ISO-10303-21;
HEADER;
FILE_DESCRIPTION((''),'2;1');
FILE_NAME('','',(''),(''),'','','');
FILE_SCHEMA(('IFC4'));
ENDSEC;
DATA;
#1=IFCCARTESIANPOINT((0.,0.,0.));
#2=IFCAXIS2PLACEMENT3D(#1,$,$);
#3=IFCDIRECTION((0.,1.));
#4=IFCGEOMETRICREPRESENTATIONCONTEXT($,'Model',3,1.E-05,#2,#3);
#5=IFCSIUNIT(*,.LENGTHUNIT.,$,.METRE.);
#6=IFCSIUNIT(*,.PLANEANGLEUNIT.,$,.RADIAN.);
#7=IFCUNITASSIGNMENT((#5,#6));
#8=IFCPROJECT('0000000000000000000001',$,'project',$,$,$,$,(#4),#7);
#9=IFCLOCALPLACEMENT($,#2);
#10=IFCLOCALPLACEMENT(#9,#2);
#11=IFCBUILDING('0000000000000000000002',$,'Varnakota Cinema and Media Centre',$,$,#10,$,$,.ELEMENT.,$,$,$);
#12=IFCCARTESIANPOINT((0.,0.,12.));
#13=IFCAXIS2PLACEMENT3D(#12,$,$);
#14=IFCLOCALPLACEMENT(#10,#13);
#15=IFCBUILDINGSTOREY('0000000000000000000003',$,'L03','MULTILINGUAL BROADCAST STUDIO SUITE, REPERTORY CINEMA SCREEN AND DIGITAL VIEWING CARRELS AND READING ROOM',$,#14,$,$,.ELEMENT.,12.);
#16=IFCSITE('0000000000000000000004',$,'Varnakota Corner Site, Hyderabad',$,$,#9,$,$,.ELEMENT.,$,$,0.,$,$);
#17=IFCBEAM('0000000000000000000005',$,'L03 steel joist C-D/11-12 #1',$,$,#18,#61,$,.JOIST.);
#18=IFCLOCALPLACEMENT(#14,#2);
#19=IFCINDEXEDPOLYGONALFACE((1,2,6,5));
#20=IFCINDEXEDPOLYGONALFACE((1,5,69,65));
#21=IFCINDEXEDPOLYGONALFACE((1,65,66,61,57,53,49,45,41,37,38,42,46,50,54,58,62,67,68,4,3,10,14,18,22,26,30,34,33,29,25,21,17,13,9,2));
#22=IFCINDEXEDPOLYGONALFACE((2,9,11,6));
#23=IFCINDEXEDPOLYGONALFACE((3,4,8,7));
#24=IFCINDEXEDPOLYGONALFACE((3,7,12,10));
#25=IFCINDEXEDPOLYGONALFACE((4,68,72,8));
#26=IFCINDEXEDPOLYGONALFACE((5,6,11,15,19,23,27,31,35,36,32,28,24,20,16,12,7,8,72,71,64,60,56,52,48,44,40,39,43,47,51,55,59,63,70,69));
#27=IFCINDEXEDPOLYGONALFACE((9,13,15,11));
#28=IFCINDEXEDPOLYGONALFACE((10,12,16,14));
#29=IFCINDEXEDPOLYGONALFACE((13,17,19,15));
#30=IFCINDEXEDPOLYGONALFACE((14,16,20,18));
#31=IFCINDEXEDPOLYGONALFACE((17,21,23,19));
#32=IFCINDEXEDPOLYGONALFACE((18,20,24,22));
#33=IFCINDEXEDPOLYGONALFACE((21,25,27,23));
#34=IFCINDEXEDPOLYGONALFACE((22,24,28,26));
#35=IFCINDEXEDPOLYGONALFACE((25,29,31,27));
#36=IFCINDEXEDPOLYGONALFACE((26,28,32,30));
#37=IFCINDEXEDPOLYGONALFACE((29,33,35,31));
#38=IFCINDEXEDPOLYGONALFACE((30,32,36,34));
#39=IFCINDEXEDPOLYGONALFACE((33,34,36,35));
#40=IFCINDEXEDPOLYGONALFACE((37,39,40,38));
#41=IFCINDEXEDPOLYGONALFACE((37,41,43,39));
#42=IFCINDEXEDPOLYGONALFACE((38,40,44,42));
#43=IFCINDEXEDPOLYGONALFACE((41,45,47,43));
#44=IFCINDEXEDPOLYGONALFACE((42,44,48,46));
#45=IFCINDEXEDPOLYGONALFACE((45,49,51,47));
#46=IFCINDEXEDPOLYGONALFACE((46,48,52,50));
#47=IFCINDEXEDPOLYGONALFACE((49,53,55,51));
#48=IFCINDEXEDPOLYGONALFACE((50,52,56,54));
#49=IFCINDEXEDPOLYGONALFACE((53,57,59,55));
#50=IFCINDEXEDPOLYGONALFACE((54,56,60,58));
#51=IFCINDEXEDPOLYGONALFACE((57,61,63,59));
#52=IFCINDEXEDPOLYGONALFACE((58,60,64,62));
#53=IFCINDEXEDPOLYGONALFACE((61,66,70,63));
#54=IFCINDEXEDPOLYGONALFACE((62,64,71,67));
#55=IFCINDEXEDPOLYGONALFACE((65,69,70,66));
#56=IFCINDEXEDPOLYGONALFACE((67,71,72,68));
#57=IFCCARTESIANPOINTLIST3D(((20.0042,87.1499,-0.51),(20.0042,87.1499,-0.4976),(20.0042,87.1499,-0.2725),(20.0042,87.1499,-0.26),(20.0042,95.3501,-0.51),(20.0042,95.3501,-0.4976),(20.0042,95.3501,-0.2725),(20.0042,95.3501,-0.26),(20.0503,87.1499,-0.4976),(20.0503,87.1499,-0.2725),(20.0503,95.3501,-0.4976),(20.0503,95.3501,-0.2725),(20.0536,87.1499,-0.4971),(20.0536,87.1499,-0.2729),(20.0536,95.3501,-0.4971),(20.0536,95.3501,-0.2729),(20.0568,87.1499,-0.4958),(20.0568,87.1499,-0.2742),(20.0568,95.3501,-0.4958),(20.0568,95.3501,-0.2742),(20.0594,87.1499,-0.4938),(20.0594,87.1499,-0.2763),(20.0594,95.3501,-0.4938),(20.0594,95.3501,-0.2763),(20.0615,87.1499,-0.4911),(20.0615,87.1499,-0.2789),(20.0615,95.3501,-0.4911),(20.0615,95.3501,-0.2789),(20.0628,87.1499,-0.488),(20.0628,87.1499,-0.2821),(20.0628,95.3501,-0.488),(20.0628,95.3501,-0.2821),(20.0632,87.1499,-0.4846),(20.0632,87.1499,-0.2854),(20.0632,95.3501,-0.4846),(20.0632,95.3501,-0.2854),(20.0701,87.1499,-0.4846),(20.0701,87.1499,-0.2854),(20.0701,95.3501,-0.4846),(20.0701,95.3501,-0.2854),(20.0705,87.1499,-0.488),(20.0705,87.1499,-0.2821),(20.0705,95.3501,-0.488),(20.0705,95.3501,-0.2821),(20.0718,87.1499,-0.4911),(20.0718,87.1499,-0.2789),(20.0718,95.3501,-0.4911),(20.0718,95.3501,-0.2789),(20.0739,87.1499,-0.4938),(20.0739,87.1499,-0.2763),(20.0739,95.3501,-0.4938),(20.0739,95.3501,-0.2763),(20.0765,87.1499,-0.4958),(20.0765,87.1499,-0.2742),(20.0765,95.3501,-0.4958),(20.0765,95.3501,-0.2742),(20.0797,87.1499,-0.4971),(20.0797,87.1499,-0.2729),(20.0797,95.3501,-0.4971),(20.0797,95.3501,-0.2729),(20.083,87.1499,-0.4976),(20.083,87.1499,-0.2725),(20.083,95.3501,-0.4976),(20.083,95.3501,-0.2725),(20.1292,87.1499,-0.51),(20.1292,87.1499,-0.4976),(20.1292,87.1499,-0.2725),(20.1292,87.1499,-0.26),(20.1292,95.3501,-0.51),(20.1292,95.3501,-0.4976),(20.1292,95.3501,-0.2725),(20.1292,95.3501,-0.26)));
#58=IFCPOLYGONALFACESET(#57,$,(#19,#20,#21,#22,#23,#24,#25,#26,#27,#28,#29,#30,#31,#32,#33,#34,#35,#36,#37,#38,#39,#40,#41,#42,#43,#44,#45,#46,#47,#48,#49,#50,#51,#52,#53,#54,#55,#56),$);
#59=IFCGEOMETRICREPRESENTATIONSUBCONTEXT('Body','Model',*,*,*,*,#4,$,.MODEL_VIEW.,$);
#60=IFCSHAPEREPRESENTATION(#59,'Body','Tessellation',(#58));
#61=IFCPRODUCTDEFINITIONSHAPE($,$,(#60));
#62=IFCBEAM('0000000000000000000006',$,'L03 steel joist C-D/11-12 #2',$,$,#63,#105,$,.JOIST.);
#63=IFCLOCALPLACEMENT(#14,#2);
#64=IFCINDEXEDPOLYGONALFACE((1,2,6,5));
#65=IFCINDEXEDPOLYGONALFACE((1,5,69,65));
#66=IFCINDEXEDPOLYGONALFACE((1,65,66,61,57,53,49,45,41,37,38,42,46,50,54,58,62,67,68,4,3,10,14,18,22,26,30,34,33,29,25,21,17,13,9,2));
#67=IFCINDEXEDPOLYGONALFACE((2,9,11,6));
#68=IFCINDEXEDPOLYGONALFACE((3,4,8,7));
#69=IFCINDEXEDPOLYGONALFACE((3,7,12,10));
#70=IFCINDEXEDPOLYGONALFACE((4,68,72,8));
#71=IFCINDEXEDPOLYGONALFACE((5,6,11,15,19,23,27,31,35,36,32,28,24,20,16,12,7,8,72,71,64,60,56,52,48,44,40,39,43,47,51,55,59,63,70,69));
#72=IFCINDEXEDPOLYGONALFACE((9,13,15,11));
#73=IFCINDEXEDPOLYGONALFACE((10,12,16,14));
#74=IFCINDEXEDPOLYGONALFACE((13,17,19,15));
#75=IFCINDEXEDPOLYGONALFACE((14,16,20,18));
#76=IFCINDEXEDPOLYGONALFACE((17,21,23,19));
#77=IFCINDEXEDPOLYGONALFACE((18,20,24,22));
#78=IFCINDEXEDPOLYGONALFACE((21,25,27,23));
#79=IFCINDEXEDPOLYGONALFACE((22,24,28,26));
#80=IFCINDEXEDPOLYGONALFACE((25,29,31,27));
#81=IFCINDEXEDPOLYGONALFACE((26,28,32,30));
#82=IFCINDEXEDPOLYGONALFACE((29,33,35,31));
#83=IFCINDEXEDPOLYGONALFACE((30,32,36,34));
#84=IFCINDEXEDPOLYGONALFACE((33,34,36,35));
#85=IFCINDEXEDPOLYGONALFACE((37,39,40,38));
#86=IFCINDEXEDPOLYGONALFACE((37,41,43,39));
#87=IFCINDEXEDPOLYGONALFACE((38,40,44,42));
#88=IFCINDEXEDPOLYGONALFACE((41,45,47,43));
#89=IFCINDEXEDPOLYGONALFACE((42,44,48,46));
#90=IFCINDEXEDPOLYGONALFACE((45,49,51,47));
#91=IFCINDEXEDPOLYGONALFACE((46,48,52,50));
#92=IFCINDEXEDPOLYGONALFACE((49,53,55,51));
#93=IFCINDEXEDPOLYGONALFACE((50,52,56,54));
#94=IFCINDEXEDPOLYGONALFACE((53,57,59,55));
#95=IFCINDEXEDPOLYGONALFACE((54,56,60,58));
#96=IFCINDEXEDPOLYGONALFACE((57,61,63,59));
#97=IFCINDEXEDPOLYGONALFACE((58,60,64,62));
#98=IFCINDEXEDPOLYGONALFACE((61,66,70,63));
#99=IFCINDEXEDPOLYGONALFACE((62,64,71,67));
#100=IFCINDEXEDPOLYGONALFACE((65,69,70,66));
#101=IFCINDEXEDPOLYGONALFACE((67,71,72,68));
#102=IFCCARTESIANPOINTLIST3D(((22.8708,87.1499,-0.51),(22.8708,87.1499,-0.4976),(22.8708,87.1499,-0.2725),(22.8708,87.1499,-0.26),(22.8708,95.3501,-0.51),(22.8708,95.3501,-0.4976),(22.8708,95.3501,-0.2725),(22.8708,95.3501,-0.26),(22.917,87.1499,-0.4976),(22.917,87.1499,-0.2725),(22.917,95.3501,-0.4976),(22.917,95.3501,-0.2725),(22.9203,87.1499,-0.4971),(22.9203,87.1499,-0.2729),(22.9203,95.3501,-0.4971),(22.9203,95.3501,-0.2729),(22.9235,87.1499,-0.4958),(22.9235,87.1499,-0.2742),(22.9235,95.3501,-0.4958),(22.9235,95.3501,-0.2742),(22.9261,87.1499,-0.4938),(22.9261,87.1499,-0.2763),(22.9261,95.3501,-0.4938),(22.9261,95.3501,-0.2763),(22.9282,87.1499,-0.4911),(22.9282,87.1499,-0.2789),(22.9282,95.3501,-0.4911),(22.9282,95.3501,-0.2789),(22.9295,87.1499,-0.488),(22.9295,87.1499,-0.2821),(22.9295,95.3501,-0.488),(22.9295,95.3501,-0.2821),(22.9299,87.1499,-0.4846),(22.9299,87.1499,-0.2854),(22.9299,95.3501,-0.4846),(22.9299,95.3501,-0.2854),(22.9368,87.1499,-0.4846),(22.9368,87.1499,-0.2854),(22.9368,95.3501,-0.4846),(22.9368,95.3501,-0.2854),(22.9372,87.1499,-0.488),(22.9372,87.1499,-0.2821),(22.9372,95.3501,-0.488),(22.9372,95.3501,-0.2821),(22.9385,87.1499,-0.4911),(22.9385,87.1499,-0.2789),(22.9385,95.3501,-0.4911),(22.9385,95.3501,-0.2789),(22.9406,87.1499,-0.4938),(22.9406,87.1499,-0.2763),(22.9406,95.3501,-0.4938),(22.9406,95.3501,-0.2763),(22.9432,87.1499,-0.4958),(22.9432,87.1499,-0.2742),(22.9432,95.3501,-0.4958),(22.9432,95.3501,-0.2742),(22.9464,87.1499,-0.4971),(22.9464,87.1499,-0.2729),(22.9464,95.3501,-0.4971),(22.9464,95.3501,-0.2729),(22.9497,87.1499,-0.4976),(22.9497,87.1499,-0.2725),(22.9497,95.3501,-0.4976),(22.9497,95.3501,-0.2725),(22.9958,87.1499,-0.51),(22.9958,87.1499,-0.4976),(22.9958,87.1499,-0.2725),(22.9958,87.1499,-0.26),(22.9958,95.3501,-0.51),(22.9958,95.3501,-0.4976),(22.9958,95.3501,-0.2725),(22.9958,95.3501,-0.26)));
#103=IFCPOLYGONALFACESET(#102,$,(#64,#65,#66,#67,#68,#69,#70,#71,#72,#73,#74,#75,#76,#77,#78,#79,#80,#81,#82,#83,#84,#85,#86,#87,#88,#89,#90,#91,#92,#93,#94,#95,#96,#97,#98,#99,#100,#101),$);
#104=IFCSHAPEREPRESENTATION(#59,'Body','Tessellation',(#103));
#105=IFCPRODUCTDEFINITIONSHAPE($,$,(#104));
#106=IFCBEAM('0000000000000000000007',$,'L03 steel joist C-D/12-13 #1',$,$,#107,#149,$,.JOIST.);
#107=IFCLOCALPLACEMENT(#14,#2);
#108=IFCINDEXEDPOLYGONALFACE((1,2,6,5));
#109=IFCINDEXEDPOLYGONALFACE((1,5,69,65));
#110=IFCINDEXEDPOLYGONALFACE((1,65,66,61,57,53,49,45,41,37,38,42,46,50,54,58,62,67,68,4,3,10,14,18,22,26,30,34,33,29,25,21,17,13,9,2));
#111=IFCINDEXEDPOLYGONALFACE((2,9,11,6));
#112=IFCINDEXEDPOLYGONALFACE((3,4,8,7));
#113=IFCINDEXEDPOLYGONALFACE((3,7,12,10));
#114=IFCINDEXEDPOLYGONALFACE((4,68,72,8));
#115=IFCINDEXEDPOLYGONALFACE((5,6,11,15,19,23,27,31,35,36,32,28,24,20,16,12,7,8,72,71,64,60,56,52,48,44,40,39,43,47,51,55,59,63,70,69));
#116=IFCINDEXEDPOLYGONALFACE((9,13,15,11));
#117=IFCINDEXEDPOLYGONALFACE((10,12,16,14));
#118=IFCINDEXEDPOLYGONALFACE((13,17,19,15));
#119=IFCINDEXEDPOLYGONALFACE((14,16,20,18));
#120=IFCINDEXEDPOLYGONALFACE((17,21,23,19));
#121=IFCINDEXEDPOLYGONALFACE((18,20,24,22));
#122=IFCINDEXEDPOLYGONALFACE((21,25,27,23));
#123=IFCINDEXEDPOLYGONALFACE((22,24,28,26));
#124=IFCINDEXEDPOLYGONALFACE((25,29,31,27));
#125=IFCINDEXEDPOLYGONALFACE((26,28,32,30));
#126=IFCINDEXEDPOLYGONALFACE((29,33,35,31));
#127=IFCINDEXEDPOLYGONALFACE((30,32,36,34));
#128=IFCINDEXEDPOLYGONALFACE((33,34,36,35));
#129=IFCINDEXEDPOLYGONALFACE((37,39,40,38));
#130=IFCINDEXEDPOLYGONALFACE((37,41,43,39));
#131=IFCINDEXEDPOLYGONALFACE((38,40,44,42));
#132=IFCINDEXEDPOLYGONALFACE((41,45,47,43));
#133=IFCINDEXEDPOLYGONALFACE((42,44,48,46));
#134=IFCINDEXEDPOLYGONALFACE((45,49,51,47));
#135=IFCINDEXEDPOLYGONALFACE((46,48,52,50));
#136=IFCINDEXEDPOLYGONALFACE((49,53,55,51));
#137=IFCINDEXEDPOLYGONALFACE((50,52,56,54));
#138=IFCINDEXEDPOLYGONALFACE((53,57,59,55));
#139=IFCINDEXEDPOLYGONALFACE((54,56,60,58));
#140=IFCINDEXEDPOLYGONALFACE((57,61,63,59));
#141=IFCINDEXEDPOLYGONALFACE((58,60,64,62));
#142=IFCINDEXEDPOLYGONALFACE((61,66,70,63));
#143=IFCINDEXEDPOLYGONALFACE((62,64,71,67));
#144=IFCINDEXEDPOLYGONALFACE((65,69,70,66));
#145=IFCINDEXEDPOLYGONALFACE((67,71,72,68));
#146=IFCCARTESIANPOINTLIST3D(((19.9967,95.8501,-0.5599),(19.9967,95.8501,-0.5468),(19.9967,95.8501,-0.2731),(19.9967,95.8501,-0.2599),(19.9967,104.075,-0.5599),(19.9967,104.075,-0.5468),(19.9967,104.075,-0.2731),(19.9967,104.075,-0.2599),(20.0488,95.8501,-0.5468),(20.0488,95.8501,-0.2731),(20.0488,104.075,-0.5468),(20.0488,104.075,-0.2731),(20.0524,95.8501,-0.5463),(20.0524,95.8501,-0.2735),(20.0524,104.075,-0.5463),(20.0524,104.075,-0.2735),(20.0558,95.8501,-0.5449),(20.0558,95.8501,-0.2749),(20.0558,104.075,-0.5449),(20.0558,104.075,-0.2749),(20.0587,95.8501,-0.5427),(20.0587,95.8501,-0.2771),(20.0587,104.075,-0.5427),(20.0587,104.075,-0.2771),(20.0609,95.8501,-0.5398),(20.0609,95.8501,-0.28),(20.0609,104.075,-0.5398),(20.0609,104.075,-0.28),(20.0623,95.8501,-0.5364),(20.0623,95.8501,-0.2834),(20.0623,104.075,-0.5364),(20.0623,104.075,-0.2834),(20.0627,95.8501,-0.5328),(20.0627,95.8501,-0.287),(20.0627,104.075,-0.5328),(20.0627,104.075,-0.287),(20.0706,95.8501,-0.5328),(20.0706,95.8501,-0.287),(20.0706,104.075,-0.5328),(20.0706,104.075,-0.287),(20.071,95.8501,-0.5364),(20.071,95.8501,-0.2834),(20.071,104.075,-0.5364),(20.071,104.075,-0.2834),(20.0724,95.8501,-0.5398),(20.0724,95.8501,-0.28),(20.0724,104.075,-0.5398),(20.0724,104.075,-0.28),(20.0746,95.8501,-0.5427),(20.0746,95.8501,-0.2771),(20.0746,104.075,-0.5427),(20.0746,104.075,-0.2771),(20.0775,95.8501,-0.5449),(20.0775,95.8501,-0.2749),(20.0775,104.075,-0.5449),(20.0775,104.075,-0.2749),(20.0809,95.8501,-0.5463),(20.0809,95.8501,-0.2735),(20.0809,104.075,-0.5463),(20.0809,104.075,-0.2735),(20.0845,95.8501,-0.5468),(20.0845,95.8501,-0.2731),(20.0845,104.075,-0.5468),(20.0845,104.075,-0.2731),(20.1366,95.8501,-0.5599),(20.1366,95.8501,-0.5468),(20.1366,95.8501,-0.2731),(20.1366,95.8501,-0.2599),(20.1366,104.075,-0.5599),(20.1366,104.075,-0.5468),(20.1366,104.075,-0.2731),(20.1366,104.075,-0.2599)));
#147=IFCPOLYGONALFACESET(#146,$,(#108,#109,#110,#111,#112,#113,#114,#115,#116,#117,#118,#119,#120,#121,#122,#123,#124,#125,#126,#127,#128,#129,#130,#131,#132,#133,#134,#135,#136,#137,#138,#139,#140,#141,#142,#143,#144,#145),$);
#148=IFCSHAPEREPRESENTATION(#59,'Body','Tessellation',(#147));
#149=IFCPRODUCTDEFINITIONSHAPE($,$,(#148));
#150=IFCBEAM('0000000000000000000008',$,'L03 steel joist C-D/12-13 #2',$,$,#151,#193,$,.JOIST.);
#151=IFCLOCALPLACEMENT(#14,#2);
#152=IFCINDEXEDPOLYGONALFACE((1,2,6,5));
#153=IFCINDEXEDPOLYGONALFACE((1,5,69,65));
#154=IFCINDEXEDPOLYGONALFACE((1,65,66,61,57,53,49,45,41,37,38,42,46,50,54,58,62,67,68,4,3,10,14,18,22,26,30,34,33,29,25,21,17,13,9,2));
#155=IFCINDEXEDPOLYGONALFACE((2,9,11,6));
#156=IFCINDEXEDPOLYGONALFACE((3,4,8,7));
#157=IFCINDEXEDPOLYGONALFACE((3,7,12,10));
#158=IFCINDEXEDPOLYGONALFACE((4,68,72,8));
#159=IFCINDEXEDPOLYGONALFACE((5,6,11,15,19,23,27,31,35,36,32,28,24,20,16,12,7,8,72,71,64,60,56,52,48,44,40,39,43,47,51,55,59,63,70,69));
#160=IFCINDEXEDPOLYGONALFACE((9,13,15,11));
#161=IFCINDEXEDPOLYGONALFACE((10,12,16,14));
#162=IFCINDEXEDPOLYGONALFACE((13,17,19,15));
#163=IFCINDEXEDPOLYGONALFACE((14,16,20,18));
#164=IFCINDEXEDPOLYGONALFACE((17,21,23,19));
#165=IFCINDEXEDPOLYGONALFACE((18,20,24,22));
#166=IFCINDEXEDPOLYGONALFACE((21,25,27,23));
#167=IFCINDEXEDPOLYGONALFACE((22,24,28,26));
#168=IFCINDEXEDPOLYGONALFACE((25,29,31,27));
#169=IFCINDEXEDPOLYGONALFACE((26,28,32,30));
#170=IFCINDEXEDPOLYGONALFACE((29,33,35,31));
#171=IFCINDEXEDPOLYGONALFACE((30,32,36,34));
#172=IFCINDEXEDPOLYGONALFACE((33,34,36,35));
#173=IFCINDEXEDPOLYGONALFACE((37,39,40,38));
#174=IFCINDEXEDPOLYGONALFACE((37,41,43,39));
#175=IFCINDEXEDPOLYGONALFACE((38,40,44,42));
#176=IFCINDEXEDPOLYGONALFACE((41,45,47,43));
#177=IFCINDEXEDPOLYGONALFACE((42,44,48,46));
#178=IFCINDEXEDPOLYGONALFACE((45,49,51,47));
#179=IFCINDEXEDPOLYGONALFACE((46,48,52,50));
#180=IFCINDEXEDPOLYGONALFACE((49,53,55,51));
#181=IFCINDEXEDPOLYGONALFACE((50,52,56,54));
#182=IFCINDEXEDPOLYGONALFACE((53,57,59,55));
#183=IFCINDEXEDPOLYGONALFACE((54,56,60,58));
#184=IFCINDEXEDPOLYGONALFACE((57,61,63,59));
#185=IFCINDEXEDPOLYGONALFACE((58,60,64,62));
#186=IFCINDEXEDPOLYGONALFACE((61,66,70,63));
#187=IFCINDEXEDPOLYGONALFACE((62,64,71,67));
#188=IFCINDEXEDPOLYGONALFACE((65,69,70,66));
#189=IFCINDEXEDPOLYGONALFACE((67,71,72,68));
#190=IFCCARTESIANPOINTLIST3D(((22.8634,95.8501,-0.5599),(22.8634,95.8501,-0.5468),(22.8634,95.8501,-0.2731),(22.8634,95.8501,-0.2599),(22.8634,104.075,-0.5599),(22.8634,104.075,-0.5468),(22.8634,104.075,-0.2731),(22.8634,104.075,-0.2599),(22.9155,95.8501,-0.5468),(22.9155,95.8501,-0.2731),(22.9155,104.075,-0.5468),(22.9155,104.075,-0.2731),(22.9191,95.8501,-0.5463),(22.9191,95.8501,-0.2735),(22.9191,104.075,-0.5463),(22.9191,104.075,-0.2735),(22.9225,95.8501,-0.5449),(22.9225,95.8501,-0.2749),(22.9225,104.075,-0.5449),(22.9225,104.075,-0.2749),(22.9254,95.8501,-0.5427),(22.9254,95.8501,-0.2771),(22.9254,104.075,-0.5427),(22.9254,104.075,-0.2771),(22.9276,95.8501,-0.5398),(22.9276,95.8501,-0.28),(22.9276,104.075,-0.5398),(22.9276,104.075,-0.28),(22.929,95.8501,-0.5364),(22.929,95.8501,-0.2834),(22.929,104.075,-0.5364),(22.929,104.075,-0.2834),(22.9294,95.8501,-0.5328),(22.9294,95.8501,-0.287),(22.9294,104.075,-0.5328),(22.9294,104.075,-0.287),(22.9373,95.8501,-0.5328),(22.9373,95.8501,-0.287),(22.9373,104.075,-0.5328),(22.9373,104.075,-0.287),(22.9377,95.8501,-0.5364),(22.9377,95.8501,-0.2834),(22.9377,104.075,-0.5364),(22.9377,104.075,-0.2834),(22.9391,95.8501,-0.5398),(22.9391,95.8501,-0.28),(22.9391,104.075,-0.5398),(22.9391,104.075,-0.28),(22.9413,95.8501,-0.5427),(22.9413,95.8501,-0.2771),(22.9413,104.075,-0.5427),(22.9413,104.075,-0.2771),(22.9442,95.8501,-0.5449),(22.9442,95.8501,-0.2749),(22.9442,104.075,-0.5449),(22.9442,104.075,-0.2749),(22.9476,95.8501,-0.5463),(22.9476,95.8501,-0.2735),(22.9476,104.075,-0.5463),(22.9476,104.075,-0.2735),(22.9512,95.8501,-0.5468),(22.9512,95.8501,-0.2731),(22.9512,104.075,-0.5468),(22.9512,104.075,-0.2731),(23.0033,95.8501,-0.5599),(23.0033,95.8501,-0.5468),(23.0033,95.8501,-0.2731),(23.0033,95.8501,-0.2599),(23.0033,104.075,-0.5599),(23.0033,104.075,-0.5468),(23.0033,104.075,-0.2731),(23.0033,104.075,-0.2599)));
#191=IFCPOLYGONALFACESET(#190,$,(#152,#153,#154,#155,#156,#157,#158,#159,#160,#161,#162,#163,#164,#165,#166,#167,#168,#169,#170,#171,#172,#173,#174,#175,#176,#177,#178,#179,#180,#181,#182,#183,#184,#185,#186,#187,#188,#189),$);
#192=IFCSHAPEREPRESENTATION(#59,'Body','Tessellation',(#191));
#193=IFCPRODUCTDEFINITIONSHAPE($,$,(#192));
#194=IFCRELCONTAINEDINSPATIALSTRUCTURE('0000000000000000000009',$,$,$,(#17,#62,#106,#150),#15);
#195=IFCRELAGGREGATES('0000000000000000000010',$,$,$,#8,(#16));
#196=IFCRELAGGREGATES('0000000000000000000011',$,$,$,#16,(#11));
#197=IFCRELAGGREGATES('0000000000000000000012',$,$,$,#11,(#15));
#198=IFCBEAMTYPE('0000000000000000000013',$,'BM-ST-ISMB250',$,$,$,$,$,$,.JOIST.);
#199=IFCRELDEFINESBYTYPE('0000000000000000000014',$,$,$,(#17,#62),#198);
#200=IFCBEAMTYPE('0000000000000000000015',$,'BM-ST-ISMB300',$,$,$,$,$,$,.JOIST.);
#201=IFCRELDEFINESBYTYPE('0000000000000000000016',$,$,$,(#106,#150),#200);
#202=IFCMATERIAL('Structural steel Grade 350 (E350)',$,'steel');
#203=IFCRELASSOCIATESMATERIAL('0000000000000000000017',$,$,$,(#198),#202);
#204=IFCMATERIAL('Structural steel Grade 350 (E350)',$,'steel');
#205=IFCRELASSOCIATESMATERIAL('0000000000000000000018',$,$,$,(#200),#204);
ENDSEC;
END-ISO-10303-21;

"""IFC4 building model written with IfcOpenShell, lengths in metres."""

from ifc_helpers import new_model, si_unit, direction, frame, origin, origin_2d, place, context, subcontext, project, spatial, i_section, extrude, material, material_profile, profile_set, type_object, element, save


model = new_model("IFC4")

# Units and contexts
model_context = context("Model", 3, precision=1e-05, world=origin(), true_north=direction((0.0, 1.0)))
body_context = subcontext(model_context, "Body", "Model", "MODEL_VIEW")
ifc_project = project(units=[si_unit("LENGTHUNIT", "METRE"), si_unit("PLANEANGLEUNIT", "RADIAN")], contexts=[model_context])

# Site, building, storey
site_placement = place(None, origin())
site = spatial("IfcSite", under=ifc_project, at=site_placement, Name="Varnakota Corner Site, Hyderabad", CompositionType="ELEMENT", RefElevation=0.0)
building_placement = place(site_placement, origin())
building = spatial("IfcBuilding", under=site, at=building_placement, Name="Varnakota Cinema and Media Centre", CompositionType="ELEMENT")
storey_placement = place(building_placement, frame((0.0, 0.0, 12.0)))
storey = spatial("IfcBuildingStorey", under=building, at=storey_placement, Name="L03", Description="MULTILINGUAL BROADCAST STUDIO SUITE, REPERTORY CINEMA SCREEN AND DIGITAL VIEWING CARRELS AND READING ROOM", CompositionType="ELEMENT", Elevation=12.0)

# Beams
ifc_material_1 = material(Name="Structural steel Grade 350 (E350)", Category="steel")
ifc_material_profile_1 = material_profile(ifc_material_1, i_section(OverallWidth=0.125, OverallDepth=0.25, WebThickness=0.0068, FlangeThickness=0.0125, FilletRadius=0.0129, at=origin_2d()), Name="ISMB 250")
ifc_profile_set_1 = profile_set([ifc_material_profile_1], Name="Structural steel Grade 350 (E350)")
beam_type_1 = type_object("IfcBeamType", Name="BM-ST-ISMB250", PredefinedType="JOIST", material=ifc_profile_set_1)
for number, where, z_axis, x_axis, name in (
    (1, (20.0667, 87.1499, -0.385), (0.0, 1.0, 0.0), (-1.0, 0.0, 0.0), "L03 steel joist C-D/11-12 #1"),
    (2, (22.9333, 87.1499, -0.385), (0.0, 1.0, 0.0), (-1.0, 0.0, 0.0), "L03 steel joist C-D/11-12 #2"),
):
    element("IfcBeam", number, at=place(storey_placement, frame(where, z_axis=z_axis, x_axis=x_axis)), inside=storey, type_object=beam_type_1, Name=name, PredefinedType="JOIST", context=body_context, shape_type="SweptSolid", body=[
        extrude(i_section(OverallWidth=0.125, OverallDepth=0.25, WebThickness=0.0068, FlangeThickness=0.0125, FilletRadius=0.0129, at=origin_2d()), origin(), (0.0, 0.0, 1.0), 8.2002),
    ])
ifc_material_2 = material(Name="Structural steel Grade 350 (E350)", Category="steel")
ifc_material_profile_2 = material_profile(ifc_material_2, i_section(OverallWidth=0.1399, OverallDepth=0.3, WebThickness=0.0078, FlangeThickness=0.0132, FilletRadius=0.0139, at=origin_2d()), Name="ISMB 300")
ifc_profile_set_2 = profile_set([ifc_material_profile_2], Name="Structural steel Grade 350 (E350)")
beam_type_2 = type_object("IfcBeamType", Name="BM-ST-ISMB300", PredefinedType="JOIST", material=ifc_profile_set_2)
for number, where, z_axis, x_axis, name in (
    (3, (20.0667, 95.8501, -0.4099), (0.0, 1.0, 0.0), (-1.0, 0.0, 0.0), "L03 steel joist C-D/12-13 #1"),
    (4, (22.9333, 95.8501, -0.4099), (0.0, 1.0, 0.0), (-1.0, 0.0, 0.0), "L03 steel joist C-D/12-13 #2"),
):
    element("IfcBeam", number, at=place(storey_placement, frame(where, z_axis=z_axis, x_axis=x_axis)), inside=storey, type_object=beam_type_2, Name=name, PredefinedType="JOIST", context=body_context, shape_type="SweptSolid", body=[
        extrude(i_section(OverallWidth=0.1399, OverallDepth=0.3, WebThickness=0.0078, FlangeThickness=0.0132, FilletRadius=0.0139, at=origin_2d()), origin(), (0.0, 0.0, 1.0), 8.2249),
    ])

save(model, "model.ifc")
